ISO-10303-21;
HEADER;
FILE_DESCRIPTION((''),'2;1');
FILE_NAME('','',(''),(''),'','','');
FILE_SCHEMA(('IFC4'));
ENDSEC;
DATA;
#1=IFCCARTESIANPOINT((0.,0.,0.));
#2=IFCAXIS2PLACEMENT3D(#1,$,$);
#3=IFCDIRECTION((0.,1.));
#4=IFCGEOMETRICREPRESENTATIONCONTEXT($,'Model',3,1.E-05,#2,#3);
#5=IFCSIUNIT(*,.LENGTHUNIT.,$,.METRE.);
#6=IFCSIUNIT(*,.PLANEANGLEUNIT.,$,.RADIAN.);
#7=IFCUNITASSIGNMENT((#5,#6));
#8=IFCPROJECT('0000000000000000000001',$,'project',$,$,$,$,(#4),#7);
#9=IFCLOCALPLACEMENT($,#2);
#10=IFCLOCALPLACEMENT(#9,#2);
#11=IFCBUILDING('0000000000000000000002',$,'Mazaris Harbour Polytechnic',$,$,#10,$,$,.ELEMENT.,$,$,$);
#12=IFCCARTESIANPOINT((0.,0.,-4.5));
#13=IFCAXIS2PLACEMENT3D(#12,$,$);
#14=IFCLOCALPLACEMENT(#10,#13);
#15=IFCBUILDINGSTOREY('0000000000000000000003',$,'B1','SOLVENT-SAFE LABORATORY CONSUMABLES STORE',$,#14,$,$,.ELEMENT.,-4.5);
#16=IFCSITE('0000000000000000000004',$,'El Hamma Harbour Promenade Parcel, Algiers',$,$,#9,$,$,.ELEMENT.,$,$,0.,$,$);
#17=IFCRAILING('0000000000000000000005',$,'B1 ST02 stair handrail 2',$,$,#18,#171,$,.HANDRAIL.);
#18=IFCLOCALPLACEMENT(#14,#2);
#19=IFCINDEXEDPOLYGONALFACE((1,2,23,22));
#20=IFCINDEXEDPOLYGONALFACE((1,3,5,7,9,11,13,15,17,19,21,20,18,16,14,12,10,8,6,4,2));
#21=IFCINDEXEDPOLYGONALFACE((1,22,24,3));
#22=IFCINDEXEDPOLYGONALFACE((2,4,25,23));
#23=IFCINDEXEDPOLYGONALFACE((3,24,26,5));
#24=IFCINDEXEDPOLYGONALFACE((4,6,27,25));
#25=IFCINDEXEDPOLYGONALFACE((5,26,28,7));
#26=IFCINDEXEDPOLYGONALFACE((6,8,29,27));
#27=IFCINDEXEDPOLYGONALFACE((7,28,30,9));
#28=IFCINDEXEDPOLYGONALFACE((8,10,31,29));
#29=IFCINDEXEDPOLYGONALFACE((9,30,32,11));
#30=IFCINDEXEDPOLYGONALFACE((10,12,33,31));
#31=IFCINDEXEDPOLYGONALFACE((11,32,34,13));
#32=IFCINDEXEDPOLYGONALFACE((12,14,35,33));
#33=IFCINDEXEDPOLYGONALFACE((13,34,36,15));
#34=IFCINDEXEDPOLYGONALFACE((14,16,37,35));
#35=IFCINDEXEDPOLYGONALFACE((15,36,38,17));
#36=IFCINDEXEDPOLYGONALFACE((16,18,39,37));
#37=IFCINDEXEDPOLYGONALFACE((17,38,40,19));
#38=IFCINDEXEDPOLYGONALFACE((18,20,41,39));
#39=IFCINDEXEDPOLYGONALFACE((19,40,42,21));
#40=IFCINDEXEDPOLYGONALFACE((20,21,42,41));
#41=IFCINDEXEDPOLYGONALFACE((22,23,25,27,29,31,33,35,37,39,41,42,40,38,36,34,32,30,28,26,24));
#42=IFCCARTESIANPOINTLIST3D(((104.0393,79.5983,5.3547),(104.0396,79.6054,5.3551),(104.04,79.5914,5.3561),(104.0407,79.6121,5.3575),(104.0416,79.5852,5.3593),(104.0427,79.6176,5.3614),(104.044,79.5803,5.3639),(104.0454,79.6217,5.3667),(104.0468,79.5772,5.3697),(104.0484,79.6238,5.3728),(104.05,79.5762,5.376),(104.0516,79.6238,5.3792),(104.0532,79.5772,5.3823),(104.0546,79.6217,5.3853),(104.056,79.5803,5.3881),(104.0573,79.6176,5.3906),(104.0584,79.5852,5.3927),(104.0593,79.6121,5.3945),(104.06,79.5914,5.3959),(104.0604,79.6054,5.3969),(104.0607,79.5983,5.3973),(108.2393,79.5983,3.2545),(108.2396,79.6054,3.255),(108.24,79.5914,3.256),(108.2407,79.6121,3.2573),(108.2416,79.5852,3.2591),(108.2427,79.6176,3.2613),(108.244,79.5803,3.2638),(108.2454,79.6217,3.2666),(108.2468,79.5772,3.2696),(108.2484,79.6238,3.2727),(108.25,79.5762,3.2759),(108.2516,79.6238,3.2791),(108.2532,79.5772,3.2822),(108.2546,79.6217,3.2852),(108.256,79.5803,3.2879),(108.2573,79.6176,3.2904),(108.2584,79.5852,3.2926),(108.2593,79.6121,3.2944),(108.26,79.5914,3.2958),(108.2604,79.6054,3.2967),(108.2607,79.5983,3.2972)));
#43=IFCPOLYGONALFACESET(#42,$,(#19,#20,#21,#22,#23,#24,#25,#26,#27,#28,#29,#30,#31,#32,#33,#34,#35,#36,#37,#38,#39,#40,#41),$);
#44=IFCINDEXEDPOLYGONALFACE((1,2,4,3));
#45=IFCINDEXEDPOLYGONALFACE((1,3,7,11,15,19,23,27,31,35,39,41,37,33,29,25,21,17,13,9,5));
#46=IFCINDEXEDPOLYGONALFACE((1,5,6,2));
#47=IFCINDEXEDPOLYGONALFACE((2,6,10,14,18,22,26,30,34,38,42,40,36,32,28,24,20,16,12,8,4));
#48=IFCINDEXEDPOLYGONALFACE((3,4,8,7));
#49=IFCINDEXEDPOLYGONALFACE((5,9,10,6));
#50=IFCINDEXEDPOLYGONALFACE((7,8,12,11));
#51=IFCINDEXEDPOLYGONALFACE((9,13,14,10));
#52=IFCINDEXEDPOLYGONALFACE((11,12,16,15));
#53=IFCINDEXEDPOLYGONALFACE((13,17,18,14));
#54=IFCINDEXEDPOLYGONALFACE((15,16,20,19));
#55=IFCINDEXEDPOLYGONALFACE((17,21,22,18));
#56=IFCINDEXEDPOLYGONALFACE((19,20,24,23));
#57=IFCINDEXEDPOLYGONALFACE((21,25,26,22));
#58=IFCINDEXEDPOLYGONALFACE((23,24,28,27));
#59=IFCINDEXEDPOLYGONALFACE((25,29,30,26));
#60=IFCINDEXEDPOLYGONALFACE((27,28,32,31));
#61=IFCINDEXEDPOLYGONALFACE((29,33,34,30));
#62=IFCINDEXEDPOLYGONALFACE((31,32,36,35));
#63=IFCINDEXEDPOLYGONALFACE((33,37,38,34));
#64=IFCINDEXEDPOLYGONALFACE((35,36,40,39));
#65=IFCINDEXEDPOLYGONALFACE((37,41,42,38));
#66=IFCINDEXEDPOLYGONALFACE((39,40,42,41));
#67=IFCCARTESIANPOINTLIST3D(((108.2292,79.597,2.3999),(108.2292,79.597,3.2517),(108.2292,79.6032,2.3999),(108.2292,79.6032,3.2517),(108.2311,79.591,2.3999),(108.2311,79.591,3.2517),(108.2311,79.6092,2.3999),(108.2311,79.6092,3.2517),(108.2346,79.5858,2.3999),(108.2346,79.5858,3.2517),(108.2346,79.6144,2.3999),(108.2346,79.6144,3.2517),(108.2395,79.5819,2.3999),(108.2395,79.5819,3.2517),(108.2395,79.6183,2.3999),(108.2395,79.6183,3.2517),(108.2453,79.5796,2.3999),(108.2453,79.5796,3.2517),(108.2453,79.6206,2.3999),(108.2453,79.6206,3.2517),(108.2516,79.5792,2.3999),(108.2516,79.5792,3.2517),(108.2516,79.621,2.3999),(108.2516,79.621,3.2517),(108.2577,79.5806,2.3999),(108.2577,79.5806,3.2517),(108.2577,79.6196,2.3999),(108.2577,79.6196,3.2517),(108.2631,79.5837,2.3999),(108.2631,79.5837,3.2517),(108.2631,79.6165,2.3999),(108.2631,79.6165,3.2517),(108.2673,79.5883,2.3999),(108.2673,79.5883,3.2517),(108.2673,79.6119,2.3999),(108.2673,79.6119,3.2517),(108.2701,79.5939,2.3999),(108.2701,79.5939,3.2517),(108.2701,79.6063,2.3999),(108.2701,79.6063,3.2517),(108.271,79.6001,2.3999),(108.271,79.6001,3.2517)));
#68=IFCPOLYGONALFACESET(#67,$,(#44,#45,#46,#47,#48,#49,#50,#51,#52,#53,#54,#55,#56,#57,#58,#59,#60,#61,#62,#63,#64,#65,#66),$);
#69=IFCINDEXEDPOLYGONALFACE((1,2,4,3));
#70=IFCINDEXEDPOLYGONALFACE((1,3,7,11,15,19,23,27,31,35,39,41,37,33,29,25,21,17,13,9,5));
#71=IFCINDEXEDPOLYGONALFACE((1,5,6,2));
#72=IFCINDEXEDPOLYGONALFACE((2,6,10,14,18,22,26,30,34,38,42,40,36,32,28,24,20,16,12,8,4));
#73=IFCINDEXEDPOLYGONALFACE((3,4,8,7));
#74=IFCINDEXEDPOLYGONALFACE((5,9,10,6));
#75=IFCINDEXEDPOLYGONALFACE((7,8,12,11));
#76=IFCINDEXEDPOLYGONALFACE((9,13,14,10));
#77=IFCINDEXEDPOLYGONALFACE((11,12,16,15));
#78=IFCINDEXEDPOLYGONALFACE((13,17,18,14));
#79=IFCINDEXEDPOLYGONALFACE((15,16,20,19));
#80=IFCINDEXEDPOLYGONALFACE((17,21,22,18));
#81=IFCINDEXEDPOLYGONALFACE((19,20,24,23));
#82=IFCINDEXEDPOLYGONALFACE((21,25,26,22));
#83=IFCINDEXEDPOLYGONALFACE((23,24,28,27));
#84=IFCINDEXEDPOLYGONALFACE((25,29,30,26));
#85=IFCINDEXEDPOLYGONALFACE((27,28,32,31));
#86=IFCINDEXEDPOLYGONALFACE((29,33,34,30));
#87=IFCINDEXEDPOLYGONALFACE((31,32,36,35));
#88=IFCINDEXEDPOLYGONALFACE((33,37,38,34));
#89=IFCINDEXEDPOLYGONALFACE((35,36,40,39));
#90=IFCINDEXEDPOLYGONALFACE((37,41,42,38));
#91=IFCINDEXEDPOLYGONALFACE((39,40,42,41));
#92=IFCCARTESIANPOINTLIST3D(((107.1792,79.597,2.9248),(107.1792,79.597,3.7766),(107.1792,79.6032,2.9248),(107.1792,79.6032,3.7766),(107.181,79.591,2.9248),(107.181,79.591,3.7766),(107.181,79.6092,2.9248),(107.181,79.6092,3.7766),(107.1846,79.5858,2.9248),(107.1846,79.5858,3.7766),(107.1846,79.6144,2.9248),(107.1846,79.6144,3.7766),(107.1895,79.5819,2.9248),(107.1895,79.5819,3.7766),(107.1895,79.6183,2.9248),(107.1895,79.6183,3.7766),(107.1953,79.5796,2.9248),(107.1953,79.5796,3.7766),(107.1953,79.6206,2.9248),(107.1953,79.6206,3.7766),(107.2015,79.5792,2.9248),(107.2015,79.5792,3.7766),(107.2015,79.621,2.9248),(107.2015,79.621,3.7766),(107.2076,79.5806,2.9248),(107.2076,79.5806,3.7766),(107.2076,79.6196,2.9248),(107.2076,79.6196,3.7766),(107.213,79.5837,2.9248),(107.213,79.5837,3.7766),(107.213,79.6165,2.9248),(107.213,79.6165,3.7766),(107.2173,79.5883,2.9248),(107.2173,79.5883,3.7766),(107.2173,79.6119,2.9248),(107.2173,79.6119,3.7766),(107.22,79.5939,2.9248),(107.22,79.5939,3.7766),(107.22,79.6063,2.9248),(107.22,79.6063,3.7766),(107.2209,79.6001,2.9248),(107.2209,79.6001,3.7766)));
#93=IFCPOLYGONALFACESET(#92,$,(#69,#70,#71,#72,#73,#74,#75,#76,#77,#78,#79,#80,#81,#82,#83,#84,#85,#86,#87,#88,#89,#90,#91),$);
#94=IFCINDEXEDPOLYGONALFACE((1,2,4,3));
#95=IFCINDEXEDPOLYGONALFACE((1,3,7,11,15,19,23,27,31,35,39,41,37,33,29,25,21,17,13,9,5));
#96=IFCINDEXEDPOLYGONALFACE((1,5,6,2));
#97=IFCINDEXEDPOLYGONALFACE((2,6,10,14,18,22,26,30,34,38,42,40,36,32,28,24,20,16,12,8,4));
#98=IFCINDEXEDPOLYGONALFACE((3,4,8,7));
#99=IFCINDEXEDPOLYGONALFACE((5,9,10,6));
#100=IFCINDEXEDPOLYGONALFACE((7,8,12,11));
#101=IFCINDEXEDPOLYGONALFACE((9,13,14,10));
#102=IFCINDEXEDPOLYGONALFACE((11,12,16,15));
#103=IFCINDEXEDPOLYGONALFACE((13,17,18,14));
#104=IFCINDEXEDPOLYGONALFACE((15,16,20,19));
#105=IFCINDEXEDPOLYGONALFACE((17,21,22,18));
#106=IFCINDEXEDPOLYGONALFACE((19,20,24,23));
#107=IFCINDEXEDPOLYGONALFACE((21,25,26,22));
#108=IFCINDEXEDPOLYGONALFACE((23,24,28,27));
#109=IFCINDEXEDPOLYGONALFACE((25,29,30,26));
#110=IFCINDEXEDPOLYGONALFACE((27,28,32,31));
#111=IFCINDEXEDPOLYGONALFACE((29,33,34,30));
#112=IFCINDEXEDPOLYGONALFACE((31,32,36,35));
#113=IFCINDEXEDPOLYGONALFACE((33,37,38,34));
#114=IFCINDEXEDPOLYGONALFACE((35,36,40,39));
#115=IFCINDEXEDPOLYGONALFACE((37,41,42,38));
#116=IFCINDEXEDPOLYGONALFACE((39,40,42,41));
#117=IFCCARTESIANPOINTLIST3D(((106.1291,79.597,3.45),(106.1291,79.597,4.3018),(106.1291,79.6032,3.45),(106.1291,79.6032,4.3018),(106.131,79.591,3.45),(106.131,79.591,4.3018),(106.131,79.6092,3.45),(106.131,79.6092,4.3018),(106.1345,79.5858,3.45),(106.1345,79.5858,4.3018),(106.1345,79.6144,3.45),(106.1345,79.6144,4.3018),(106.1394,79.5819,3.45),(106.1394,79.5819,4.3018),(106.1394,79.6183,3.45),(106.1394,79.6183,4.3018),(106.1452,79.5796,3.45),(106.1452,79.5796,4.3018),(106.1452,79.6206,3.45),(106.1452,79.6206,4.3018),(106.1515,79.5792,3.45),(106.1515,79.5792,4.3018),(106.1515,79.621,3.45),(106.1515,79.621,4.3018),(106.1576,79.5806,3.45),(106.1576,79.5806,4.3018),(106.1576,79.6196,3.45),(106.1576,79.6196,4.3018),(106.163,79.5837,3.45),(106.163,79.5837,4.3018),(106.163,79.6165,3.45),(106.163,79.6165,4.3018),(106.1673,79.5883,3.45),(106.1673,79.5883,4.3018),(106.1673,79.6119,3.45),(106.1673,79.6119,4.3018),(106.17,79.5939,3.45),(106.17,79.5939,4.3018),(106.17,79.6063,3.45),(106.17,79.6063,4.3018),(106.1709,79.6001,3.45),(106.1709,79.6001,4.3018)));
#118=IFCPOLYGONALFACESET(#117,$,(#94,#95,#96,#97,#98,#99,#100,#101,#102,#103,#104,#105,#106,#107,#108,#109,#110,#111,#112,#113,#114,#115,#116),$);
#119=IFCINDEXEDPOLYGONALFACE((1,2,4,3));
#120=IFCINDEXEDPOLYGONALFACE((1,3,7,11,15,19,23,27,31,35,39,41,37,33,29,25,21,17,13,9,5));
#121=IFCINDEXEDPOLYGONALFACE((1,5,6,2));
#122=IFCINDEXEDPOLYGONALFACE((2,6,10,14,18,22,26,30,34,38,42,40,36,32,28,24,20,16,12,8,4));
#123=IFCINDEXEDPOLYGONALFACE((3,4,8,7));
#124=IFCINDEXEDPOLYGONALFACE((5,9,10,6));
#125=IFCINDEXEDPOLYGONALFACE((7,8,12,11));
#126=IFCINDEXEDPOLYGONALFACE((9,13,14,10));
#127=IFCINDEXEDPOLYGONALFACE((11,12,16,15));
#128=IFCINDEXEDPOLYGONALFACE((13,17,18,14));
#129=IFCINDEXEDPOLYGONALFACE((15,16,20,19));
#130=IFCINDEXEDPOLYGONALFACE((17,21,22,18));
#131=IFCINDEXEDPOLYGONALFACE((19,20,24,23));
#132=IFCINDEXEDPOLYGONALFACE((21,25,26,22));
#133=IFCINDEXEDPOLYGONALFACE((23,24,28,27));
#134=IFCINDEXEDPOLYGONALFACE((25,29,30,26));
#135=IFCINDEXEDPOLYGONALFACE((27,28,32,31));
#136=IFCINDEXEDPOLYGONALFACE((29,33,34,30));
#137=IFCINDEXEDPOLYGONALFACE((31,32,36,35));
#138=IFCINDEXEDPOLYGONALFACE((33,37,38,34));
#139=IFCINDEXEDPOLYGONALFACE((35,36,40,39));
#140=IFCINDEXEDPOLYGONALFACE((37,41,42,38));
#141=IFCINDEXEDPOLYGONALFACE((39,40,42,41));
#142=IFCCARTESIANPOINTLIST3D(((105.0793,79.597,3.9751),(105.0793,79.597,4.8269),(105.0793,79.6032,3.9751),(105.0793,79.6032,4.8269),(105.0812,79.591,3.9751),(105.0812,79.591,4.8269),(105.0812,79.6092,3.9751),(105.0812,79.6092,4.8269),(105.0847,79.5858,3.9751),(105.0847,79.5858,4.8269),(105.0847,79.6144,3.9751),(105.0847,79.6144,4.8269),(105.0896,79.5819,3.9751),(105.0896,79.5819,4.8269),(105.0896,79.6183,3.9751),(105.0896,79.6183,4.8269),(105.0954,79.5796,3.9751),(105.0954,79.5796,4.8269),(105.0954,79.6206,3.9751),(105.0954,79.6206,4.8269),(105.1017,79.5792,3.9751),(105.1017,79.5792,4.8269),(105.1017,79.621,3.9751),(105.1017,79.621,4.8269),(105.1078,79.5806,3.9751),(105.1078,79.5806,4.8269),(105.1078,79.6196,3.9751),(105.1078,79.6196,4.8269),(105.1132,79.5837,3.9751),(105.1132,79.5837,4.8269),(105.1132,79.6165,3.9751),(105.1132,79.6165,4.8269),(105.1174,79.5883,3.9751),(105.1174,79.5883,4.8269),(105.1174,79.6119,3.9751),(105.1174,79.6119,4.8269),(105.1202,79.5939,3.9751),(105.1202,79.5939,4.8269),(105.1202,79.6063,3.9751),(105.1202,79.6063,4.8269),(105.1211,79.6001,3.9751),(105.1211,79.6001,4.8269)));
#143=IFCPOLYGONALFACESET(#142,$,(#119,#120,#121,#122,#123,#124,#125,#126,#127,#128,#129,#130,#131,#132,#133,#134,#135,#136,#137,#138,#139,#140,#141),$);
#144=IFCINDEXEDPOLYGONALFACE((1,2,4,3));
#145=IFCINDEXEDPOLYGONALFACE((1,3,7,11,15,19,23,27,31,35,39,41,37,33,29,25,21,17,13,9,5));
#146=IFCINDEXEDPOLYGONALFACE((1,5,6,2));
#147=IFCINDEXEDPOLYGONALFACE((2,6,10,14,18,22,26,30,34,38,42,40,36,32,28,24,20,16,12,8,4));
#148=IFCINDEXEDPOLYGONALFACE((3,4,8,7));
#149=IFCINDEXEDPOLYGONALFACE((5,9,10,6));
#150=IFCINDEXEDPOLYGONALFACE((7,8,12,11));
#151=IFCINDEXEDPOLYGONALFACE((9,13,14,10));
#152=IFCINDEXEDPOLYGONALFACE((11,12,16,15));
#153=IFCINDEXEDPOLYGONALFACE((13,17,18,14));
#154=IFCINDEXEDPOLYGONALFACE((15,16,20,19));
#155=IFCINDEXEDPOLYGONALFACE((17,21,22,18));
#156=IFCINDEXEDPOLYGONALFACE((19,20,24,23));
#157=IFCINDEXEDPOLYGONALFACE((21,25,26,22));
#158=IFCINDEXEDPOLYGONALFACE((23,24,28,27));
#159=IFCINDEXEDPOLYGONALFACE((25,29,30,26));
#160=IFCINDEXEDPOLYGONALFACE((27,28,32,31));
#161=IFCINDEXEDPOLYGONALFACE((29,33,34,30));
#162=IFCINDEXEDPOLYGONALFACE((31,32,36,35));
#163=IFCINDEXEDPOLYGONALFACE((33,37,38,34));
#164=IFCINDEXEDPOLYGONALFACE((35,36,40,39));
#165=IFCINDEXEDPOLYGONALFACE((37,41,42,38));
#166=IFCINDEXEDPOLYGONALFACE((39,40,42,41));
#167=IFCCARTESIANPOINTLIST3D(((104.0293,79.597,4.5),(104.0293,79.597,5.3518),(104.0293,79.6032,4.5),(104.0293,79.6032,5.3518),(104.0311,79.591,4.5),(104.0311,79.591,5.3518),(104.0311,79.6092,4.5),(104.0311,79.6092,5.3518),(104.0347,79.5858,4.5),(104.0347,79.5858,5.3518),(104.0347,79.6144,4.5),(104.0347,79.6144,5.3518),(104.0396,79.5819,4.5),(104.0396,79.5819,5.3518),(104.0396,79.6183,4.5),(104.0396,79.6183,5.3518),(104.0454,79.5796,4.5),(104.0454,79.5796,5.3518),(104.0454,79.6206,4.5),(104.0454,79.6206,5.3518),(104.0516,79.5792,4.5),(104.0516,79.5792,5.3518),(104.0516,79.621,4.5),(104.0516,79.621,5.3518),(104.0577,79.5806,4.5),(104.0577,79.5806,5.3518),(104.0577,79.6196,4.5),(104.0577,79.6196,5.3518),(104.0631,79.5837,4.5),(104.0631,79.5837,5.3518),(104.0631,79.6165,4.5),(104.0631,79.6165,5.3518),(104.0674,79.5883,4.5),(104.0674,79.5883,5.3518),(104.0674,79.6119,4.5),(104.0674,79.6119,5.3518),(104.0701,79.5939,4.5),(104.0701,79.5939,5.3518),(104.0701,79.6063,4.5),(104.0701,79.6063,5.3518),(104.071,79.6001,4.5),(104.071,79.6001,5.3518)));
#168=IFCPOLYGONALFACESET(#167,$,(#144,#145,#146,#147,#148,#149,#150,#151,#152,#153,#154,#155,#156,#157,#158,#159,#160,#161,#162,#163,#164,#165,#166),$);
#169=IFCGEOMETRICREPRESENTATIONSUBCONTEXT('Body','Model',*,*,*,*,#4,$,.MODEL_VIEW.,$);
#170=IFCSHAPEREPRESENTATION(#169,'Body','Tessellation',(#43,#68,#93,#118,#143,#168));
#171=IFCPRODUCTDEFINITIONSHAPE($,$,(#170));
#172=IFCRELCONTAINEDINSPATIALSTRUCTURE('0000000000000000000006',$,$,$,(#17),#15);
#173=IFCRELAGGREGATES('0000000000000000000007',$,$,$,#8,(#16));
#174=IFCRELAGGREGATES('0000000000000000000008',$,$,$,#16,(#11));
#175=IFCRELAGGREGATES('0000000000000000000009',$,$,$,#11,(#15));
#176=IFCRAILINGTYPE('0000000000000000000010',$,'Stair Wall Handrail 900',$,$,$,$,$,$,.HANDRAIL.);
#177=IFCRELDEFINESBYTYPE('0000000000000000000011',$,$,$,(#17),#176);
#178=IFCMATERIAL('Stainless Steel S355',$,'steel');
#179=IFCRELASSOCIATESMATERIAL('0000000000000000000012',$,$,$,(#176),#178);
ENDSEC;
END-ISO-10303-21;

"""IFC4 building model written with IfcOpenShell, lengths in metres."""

from ifc_helpers import new_model, si_unit, direction, frame, origin, origin_2d, place, context, subcontext, project, spatial, circle, extrude, material, type_object, element, save


model = new_model("IFC4")

# Units and contexts
model_context = context("Model", 3, precision=1e-05, world=origin(), true_north=direction((0.0, 1.0)))
body_context = subcontext(model_context, "Body", "Model", "MODEL_VIEW")
ifc_project = project(units=[si_unit("LENGTHUNIT", "METRE"), si_unit("PLANEANGLEUNIT", "RADIAN")], contexts=[model_context])

# Site, building, storey
site_placement = place(None, origin())
site = spatial("IfcSite", under=ifc_project, at=site_placement, Name="El Hamma Harbour Promenade Parcel, Algiers", CompositionType="ELEMENT", RefElevation=0.0)
building_placement = place(site_placement, origin())
building = spatial("IfcBuilding", under=site, at=building_placement, Name="Mazaris Harbour Polytechnic", CompositionType="ELEMENT")
storey_placement = place(building_placement, frame((0.0, 0.0, -4.5)))
storey = spatial("IfcBuildingStorey", under=building, at=storey_placement, Name="B1", Description="SOLVENT-SAFE LABORATORY CONSUMABLES STORE", CompositionType="ELEMENT", Elevation=-4.5)

# Railing
ifc_material_1 = material(Name="Stainless Steel S355", Category="steel")
railing_type_1 = type_object("IfcRailingType", Name="Stair Wall Handrail 900", PredefinedType="HANDRAIL", material=ifc_material_1)
railing_1_placement = place(storey_placement, frame((108.25, 79.6001, 2.3999)))
element("IfcRailing", 1, at=railing_1_placement, inside=storey, type_object=railing_type_1, Name="B1 ST02 stair handrail 2", PredefinedType="HANDRAIL", context=body_context, shape_type="SweptSolid", body=[
    extrude(circle(Radius=0.0239, at=origin_2d()), frame((0.0, 0.0, 0.876), z_axis=(-0.894417, 0.0, 0.447234), x_axis=(0.0, -1.0, 0.0)), (0.0, 0.0, 1.0), 4.6958),
    extrude(circle(Radius=0.021, at=origin_2d()), origin(), (0.0, 0.0, 1.0), 0.8518),
    extrude(circle(Radius=0.021, at=origin_2d()), frame((-1.05, 0.0, 0.5249)), (0.0, 0.0, 1.0), 0.8518),
    extrude(circle(Radius=0.021, at=origin_2d()), frame((-2.1001, 0.0, 1.05)), (0.0, 0.0, 1.0), 0.8518),
    extrude(circle(Radius=0.021, at=origin_2d()), frame((-3.1499, 0.0, 1.5752)), (0.0, 0.0, 1.0), 0.8518),
    extrude(circle(Radius=0.021, at=origin_2d()), frame((-4.2, 0.0, 2.1001)), (0.0, 0.0, 1.0), 0.8518),
])

save(model, "model.ifc")
